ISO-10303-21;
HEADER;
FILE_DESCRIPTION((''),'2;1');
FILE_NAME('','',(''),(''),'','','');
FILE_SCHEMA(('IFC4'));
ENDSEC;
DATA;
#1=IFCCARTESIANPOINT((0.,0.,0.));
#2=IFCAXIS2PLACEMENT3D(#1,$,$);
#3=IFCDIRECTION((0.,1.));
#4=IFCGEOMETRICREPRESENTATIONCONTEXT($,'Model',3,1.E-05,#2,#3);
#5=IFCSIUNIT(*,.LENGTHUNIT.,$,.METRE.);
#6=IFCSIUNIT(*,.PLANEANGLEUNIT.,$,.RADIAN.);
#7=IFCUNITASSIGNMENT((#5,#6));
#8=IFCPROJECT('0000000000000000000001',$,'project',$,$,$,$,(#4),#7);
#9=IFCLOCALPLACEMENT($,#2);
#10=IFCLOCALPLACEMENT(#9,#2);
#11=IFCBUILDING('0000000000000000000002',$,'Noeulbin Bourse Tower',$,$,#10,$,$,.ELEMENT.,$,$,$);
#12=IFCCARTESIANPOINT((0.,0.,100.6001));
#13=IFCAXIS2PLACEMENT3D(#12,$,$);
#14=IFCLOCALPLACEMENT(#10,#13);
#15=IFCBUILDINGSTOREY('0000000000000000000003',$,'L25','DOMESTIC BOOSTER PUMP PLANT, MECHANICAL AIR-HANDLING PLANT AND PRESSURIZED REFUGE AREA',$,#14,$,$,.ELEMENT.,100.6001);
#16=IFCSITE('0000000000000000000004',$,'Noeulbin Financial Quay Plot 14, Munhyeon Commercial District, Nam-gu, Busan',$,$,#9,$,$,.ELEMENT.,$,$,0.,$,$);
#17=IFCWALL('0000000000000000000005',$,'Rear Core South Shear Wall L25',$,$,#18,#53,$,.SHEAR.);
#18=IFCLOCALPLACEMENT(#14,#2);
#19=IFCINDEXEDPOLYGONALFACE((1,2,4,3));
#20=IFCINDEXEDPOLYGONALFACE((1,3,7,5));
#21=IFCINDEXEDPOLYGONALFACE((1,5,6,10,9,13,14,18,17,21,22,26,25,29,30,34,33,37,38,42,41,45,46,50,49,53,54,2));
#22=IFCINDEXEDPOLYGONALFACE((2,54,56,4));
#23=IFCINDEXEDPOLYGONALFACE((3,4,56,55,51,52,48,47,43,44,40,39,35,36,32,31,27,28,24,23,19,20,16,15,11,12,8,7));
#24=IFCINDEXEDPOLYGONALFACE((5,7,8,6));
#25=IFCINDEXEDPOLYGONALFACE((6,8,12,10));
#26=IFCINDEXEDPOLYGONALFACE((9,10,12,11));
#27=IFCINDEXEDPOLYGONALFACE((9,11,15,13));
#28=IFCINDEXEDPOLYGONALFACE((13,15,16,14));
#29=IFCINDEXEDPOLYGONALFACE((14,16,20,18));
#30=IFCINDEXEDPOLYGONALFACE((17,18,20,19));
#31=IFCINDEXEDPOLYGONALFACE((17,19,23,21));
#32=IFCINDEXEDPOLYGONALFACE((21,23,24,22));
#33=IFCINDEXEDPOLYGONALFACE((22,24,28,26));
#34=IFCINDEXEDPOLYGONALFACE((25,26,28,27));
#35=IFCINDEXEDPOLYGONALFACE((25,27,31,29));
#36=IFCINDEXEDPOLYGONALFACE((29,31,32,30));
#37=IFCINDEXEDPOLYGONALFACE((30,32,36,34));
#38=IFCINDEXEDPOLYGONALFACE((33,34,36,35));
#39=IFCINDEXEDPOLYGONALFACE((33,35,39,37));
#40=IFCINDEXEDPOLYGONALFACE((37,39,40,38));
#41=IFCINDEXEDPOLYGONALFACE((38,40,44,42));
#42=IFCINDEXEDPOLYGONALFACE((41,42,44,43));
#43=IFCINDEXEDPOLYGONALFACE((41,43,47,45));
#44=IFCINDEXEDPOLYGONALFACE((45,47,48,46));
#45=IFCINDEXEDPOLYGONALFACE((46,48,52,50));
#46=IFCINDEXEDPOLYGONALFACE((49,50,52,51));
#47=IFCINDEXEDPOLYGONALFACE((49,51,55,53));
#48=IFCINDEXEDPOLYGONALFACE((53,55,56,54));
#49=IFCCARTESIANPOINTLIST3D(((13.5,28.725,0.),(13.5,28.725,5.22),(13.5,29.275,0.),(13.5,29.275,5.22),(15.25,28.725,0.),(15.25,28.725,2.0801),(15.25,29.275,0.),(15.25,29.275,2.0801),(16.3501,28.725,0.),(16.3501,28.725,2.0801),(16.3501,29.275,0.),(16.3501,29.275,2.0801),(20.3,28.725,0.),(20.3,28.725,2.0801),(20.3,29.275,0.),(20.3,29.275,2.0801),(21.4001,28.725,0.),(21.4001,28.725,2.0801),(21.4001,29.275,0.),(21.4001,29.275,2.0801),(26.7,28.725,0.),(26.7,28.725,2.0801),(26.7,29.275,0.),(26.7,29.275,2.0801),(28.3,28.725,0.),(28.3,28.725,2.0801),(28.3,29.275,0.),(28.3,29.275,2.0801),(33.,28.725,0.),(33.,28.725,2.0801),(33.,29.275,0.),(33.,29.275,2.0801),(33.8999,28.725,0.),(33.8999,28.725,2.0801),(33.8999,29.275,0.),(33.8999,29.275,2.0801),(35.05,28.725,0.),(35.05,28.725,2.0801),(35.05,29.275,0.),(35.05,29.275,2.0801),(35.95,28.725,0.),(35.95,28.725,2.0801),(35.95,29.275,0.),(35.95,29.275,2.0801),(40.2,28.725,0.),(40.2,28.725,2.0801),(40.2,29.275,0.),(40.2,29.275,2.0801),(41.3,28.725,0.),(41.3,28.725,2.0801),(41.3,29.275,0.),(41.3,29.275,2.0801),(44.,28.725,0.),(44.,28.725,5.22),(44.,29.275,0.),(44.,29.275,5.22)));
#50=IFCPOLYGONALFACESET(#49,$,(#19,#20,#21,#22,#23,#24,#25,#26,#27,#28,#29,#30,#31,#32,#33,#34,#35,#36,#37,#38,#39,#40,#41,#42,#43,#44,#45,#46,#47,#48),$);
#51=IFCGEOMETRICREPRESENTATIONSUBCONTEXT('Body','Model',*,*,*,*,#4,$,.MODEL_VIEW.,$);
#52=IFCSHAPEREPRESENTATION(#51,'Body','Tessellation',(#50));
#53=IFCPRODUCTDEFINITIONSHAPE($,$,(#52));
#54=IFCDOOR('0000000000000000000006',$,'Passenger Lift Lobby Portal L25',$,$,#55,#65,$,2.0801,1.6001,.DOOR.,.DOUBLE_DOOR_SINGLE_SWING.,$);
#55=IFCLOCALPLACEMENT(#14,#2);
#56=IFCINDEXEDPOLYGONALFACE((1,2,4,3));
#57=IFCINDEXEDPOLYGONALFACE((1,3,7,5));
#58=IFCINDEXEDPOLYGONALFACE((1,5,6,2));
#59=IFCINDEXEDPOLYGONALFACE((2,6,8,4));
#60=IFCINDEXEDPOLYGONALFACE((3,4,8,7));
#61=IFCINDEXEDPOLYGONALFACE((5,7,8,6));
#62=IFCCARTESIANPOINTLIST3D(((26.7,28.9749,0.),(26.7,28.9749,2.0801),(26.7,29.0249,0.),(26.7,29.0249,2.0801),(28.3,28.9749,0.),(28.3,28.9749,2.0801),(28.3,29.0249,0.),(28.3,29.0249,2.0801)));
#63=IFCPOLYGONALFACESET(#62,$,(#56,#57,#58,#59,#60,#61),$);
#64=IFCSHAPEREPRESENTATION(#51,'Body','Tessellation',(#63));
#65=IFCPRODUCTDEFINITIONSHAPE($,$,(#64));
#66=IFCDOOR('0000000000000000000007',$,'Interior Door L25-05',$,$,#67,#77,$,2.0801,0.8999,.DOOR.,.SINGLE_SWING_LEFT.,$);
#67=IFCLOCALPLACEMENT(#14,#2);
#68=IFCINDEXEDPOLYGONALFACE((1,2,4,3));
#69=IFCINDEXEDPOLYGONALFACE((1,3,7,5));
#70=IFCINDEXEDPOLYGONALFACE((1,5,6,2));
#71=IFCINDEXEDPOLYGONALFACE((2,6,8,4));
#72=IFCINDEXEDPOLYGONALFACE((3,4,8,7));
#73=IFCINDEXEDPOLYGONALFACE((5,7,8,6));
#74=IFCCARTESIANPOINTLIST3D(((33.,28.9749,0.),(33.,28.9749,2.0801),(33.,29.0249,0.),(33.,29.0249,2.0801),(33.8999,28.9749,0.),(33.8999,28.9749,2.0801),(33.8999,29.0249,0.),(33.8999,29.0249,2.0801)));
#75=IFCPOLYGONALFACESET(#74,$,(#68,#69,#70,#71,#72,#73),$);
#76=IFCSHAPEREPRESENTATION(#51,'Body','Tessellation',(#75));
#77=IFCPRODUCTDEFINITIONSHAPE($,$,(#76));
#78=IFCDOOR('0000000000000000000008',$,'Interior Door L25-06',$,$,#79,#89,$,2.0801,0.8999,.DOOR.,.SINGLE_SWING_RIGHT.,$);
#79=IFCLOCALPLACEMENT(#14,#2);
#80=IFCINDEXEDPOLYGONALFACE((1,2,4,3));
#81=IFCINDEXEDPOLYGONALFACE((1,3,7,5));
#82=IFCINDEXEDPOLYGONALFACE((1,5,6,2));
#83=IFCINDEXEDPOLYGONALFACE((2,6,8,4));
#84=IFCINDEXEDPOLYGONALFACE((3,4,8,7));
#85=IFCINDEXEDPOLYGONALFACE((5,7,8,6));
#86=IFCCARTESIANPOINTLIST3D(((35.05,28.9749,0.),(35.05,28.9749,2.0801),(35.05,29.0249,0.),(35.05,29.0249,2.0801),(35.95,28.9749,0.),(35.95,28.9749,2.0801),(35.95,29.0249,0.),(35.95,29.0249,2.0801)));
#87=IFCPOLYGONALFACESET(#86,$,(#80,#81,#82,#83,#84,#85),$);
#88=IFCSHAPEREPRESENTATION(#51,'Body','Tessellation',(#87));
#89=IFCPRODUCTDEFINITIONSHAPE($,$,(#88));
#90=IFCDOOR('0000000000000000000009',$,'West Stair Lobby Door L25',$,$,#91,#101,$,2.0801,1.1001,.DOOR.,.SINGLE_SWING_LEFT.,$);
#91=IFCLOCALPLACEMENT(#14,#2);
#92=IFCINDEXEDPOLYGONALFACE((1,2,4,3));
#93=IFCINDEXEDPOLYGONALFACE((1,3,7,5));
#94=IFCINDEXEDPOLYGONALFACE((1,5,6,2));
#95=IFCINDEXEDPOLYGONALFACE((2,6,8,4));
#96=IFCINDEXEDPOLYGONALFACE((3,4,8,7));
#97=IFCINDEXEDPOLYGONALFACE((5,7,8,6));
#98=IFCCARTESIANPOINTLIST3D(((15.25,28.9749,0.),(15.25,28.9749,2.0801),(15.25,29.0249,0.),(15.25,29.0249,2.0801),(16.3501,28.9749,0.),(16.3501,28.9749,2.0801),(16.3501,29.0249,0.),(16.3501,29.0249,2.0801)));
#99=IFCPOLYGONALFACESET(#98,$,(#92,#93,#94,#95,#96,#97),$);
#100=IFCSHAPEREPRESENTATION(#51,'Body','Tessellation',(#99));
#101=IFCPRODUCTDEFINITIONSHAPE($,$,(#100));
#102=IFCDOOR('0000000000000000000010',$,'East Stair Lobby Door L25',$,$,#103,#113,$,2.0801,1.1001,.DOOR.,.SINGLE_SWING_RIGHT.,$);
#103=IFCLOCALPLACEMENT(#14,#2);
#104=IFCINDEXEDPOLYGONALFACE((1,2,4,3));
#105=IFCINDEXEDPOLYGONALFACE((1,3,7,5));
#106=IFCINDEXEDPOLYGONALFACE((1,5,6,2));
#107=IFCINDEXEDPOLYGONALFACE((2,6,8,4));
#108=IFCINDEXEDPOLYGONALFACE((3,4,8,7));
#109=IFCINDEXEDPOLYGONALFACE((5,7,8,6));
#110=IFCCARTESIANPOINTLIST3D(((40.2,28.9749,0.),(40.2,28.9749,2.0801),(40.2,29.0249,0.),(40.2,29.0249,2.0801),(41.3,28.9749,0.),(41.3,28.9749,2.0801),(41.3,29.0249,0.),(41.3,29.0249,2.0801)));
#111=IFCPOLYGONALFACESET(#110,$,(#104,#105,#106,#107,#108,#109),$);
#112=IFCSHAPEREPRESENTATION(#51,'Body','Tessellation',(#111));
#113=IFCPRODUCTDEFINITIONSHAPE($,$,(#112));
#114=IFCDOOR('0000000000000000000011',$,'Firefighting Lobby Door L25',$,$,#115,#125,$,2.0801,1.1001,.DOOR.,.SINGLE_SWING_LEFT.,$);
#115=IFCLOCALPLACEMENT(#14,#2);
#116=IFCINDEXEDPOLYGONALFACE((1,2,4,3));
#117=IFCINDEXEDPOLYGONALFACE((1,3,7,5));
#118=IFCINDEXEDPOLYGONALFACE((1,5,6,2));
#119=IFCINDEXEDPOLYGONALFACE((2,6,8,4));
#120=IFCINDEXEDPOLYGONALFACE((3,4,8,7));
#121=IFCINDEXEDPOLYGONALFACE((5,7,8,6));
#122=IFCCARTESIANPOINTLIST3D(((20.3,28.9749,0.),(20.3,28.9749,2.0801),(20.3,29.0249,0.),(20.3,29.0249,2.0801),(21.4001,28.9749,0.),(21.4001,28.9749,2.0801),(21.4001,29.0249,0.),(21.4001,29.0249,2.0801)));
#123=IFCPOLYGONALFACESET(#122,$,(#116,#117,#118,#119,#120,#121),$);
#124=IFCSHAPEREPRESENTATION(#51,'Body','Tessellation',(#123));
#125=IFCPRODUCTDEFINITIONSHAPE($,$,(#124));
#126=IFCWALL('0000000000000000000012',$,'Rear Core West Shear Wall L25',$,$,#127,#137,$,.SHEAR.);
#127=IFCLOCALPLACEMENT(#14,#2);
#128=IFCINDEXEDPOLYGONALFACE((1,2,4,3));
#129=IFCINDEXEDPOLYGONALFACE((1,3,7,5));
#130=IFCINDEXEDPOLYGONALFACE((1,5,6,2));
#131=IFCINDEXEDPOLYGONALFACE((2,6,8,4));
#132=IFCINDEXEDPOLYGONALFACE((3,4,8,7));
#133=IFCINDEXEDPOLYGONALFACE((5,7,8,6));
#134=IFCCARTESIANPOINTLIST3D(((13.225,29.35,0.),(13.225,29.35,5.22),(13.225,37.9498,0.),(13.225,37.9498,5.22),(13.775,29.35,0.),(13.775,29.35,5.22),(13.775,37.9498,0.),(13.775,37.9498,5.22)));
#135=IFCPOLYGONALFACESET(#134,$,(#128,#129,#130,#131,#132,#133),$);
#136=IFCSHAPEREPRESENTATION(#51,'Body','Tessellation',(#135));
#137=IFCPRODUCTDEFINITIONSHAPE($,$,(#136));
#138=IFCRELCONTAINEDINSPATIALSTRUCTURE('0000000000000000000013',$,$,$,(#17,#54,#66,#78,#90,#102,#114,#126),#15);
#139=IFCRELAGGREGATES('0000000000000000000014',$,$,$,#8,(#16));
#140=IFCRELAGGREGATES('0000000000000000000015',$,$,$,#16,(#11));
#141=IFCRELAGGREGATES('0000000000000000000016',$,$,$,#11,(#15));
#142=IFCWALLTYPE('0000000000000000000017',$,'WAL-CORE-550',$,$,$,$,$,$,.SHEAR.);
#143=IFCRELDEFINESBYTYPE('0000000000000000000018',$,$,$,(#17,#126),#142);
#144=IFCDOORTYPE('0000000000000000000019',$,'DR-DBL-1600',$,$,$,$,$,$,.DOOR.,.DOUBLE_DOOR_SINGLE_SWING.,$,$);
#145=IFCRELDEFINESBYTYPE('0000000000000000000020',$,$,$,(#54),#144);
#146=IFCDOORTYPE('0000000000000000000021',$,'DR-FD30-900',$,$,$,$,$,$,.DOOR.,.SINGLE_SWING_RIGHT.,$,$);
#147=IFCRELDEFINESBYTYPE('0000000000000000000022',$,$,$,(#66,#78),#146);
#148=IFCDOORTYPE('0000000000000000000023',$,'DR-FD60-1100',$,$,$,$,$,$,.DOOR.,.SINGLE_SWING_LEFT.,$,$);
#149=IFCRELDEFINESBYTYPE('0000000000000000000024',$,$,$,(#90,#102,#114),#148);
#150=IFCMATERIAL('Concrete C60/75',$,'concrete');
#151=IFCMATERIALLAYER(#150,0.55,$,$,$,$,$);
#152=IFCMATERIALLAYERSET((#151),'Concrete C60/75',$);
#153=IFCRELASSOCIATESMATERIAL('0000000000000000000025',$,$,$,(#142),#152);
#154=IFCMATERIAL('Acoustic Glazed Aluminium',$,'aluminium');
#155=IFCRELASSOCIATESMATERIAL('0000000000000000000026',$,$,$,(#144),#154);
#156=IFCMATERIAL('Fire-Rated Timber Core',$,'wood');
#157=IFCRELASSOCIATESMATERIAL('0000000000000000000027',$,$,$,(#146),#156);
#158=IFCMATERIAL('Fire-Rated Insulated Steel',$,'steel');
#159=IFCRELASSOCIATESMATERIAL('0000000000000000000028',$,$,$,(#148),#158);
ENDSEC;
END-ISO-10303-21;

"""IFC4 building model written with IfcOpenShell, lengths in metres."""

from ifc_helpers import new_model, si_unit, direction, frame, frame_2d, origin, place, context, subcontext, project, spatial, rectangle, extrude, material, layer, layer_set, type_object, element, fill, save


model = new_model("IFC4")

# Units and contexts
model_context = context("Model", 3, precision=1e-05, world=origin(), true_north=direction((0.0, 1.0)))
body_context = subcontext(model_context, "Body", "Model", "MODEL_VIEW")
ifc_project = project(units=[si_unit("LENGTHUNIT", "METRE"), si_unit("PLANEANGLEUNIT", "RADIAN")], contexts=[model_context])

# Site, building, storey
site_placement = place(None, origin())
site = spatial("IfcSite", under=ifc_project, at=site_placement, Name="Noeulbin Financial Quay Plot 14, Munhyeon Commercial District, Nam-gu, Busan", CompositionType="ELEMENT", RefElevation=0.0)
building_placement = place(site_placement, origin())
building = spatial("IfcBuilding", under=site, at=building_placement, Name="Noeulbin Bourse Tower", CompositionType="ELEMENT")
storey_placement = place(building_placement, frame((0.0, 0.0, 100.6001)))
storey = spatial("IfcBuildingStorey", under=building, at=storey_placement, Name="L25", Description="DOMESTIC BOOSTER PUMP PLANT, MECHANICAL AIR-HANDLING PLANT AND PRESSURIZED REFUGE AREA", CompositionType="ELEMENT", Elevation=100.6001)

# Wall, openings, doors
ifc_material_1 = material(Name="Concrete C60/75", Category="concrete")
ifc_layer_1 = layer(ifc_material_1, 0.55)
ifc_layer_set_1 = layer_set([ifc_layer_1], Name="Concrete C60/75")
wall_type_1 = type_object("IfcWallType", Name="WAL-CORE-550", PredefinedType="SHEAR", material=ifc_layer_set_1)
wall_1_placement = place(storey_placement, frame((13.5, 29.0, 0.0), z_axis=(0.0, 0.0, 1.0), x_axis=(1.0, 0.0, 0.0)))
wall_1 = element("IfcWall", 1, at=wall_1_placement, inside=storey, type_object=wall_type_1, Name="Rear Core South Shear Wall L25", PredefinedType="SHEAR", context=body_context, shape_type="SweptSolid", body=[
    extrude(rectangle(XDim=30.5, YDim=0.55, at=frame_2d((15.25, 0.0))), origin(), (0.0, 0.0, 1.0), 5.22),
])
opening_1_placement = place(wall_1_placement, frame((1.75, 0.0, 0.0)))
opening_1 = element("IfcOpeningElement", 2, at=opening_1_placement, cuts=wall_1, PredefinedType="OPENING", context=body_context, shape_type="SweptSolid", body=[
    extrude(rectangle(XDim=1.1001, YDim=2.0801, at=frame_2d((0.55, 1.04))), frame((0.0, 0.2849, 0.0), z_axis=(0.0, -1.0, 0.0), x_axis=(1.0, 0.0, 0.0)), (0.0, 0.0, 1.0), 0.5701),
])
opening_2_placement = place(wall_1_placement, frame((26.7, 0.0, 0.0)))
opening_2 = element("IfcOpeningElement", 3, at=opening_2_placement, cuts=wall_1, PredefinedType="OPENING", context=body_context, shape_type="SweptSolid", body=[
    extrude(rectangle(XDim=1.1001, YDim=2.0801, at=frame_2d((0.55, 1.04))), frame((0.0, 0.2849, 0.0), z_axis=(0.0, -1.0, 0.0), x_axis=(1.0, 0.0, 0.0)), (0.0, 0.0, 1.0), 0.5701),
])
opening_3_placement = place(wall_1_placement, frame((6.8, 0.0, 0.0)))
opening_3 = element("IfcOpeningElement", 4, at=opening_3_placement, cuts=wall_1, PredefinedType="OPENING", context=body_context, shape_type="SweptSolid", body=[
    extrude(rectangle(XDim=1.1001, YDim=2.0801, at=frame_2d((0.55, 1.04))), frame((0.0, 0.2849, 0.0), z_axis=(0.0, -1.0, 0.0), x_axis=(1.0, 0.0, 0.0)), (0.0, 0.0, 1.0), 0.5701),
])
opening_4_placement = place(wall_1_placement, frame((13.2, 0.0, 0.0)))
opening_4 = element("IfcOpeningElement", 5, at=opening_4_placement, cuts=wall_1, PredefinedType="OPENING", context=body_context, shape_type="SweptSolid", body=[
    extrude(rectangle(XDim=1.6001, YDim=2.0801, at=frame_2d((0.8, 1.04))), frame((0.0, 0.2849, 0.0), z_axis=(0.0, -1.0, 0.0), x_axis=(1.0, 0.0, 0.0)), (0.0, 0.0, 1.0), 0.5701),
])
opening_5_placement = place(wall_1_placement, frame((19.5, 0.0, 0.0)))
opening_5 = element("IfcOpeningElement", 6, at=opening_5_placement, cuts=wall_1, PredefinedType="OPENING", context=body_context, shape_type="SweptSolid", body=[
    extrude(rectangle(XDim=0.8999, YDim=2.0801, at=frame_2d((0.45, 1.04))), frame((0.0, 0.2849, 0.0), z_axis=(0.0, -1.0, 0.0), x_axis=(1.0, 0.0, 0.0)), (0.0, 0.0, 1.0), 0.5701),
])
opening_6_placement = place(wall_1_placement, frame((21.55, 0.0, 0.0)))
opening_6 = element("IfcOpeningElement", 7, at=opening_6_placement, cuts=wall_1, PredefinedType="OPENING", context=body_context, shape_type="SweptSolid", body=[
    extrude(rectangle(XDim=0.8999, YDim=2.0801, at=frame_2d((0.45, 1.04))), frame((0.0, 0.2849, 0.0), z_axis=(0.0, -1.0, 0.0), x_axis=(1.0, 0.0, 0.0)), (0.0, 0.0, 1.0), 0.5701),
])
ifc_material_2 = material(Name="Acoustic Glazed Aluminium", Category="aluminium")
door_type_1 = type_object("IfcDoorType", Name="DR-DBL-1600", OperationType="DOUBLE_DOOR_SINGLE_SWING", PredefinedType="DOOR", material=ifc_material_2)
door_1_placement = place(opening_4_placement, origin())
door_1 = element("IfcDoor", 8, at=door_1_placement, inside=storey, type_object=door_type_1, Name="Passenger Lift Lobby Portal L25", OperationType="DOUBLE_DOOR_SINGLE_SWING", OverallHeight=2.0801, OverallWidth=1.6001, PredefinedType="DOOR", context=body_context, shape_type="SweptSolid", body=[
    extrude(rectangle(XDim=1.6001, YDim=2.0801, at=frame_2d((0.8, 1.04))), frame((0.0, 0.0249, 0.0), z_axis=(0.0, -1.0, 0.0), x_axis=(1.0, 0.0, 0.0)), (0.0, 0.0, 1.0), 0.05),
])
fill(opening_4, door_1)
ifc_material_3 = material(Name="Fire-Rated Timber Core", Category="wood")
door_type_2 = type_object("IfcDoorType", Name="DR-FD30-900", OperationType="SINGLE_SWING_RIGHT", PredefinedType="DOOR", material=ifc_material_3)
door_2_placement = place(opening_5_placement, origin())
door_2 = element("IfcDoor", 9, at=door_2_placement, inside=storey, type_object=door_type_2, Name="Interior Door L25-05", OperationType="SINGLE_SWING_LEFT", OverallHeight=2.0801, OverallWidth=0.8999, PredefinedType="DOOR", context=body_context, shape_type="SweptSolid", body=[
    extrude(rectangle(XDim=0.8999, YDim=2.0801, at=frame_2d((0.45, 1.04))), frame((0.0, 0.0249, 0.0), z_axis=(0.0, -1.0, 0.0), x_axis=(1.0, 0.0, 0.0)), (0.0, 0.0, 1.0), 0.05),
])
fill(opening_5, door_2)
door_3_placement = place(opening_6_placement, origin())
door_3 = element("IfcDoor", 10, at=door_3_placement, inside=storey, type_object=door_type_2, Name="Interior Door L25-06", OperationType="SINGLE_SWING_RIGHT", OverallHeight=2.0801, OverallWidth=0.8999, PredefinedType="DOOR", context=body_context, shape_type="SweptSolid", body=[
    extrude(rectangle(XDim=0.8999, YDim=2.0801, at=frame_2d((0.45, 1.04))), frame((0.0, 0.0249, 0.0), z_axis=(0.0, -1.0, 0.0), x_axis=(1.0, 0.0, 0.0)), (0.0, 0.0, 1.0), 0.05),
])
fill(opening_6, door_3)
ifc_material_4 = material(Name="Fire-Rated Insulated Steel", Category="steel")
door_type_3 = type_object("IfcDoorType", Name="DR-FD60-1100", OperationType="SINGLE_SWING_LEFT", PredefinedType="DOOR", material=ifc_material_4)
door_4_placement = place(opening_1_placement, origin())
door_4 = element("IfcDoor", 11, at=door_4_placement, inside=storey, type_object=door_type_3, Name="West Stair Lobby Door L25", OperationType="SINGLE_SWING_LEFT", OverallHeight=2.0801, OverallWidth=1.1001, PredefinedType="DOOR", context=body_context, shape_type="SweptSolid", body=[
    extrude(rectangle(XDim=1.1001, YDim=2.0801, at=frame_2d((0.55, 1.04))), frame((0.0, 0.0249, 0.0), z_axis=(0.0, -1.0, 0.0), x_axis=(1.0, 0.0, 0.0)), (0.0, 0.0, 1.0), 0.05),
])
fill(opening_1, door_4)
door_5_placement = place(opening_2_placement, origin())
door_5 = element("IfcDoor", 12, at=door_5_placement, inside=storey, type_object=door_type_3, Name="East Stair Lobby Door L25", OperationType="SINGLE_SWING_RIGHT", OverallHeight=2.0801, OverallWidth=1.1001, PredefinedType="DOOR", context=body_context, shape_type="SweptSolid", body=[
    extrude(rectangle(XDim=1.1001, YDim=2.0801, at=frame_2d((0.55, 1.04))), frame((0.0, 0.0249, 0.0), z_axis=(0.0, -1.0, 0.0), x_axis=(1.0, 0.0, 0.0)), (0.0, 0.0, 1.0), 0.05),
])
fill(opening_2, door_5)
door_6_placement = place(opening_3_placement, origin())
door_6 = element("IfcDoor", 13, at=door_6_placement, inside=storey, type_object=door_type_3, Name="Firefighting Lobby Door L25", OperationType="SINGLE_SWING_LEFT", OverallHeight=2.0801, OverallWidth=1.1001, PredefinedType="DOOR", context=body_context, shape_type="SweptSolid", body=[
    extrude(rectangle(XDim=1.1001, YDim=2.0801, at=frame_2d((0.55, 1.04))), frame((0.0, 0.0249, 0.0), z_axis=(0.0, -1.0, 0.0), x_axis=(1.0, 0.0, 0.0)), (0.0, 0.0, 1.0), 0.05),
])
fill(opening_3, door_6)

# Wall
wall_2_placement = place(storey_placement, frame((13.5, 29.3501, 0.0), z_axis=(0.0, 0.0, 1.0), x_axis=(0.0, 1.0, 0.0)))
element("IfcWall", 14, at=wall_2_placement, inside=storey, type_object=wall_type_1, Name="Rear Core West Shear Wall L25", PredefinedType="SHEAR", context=body_context, shape_type="SweptSolid", body=[
    extrude(rectangle(XDim=8.5999, YDim=0.55, at=frame_2d((4.2998, 0.0))), origin(), (0.0, 0.0, 1.0), 5.22),
])

save(model, "model.ifc")
